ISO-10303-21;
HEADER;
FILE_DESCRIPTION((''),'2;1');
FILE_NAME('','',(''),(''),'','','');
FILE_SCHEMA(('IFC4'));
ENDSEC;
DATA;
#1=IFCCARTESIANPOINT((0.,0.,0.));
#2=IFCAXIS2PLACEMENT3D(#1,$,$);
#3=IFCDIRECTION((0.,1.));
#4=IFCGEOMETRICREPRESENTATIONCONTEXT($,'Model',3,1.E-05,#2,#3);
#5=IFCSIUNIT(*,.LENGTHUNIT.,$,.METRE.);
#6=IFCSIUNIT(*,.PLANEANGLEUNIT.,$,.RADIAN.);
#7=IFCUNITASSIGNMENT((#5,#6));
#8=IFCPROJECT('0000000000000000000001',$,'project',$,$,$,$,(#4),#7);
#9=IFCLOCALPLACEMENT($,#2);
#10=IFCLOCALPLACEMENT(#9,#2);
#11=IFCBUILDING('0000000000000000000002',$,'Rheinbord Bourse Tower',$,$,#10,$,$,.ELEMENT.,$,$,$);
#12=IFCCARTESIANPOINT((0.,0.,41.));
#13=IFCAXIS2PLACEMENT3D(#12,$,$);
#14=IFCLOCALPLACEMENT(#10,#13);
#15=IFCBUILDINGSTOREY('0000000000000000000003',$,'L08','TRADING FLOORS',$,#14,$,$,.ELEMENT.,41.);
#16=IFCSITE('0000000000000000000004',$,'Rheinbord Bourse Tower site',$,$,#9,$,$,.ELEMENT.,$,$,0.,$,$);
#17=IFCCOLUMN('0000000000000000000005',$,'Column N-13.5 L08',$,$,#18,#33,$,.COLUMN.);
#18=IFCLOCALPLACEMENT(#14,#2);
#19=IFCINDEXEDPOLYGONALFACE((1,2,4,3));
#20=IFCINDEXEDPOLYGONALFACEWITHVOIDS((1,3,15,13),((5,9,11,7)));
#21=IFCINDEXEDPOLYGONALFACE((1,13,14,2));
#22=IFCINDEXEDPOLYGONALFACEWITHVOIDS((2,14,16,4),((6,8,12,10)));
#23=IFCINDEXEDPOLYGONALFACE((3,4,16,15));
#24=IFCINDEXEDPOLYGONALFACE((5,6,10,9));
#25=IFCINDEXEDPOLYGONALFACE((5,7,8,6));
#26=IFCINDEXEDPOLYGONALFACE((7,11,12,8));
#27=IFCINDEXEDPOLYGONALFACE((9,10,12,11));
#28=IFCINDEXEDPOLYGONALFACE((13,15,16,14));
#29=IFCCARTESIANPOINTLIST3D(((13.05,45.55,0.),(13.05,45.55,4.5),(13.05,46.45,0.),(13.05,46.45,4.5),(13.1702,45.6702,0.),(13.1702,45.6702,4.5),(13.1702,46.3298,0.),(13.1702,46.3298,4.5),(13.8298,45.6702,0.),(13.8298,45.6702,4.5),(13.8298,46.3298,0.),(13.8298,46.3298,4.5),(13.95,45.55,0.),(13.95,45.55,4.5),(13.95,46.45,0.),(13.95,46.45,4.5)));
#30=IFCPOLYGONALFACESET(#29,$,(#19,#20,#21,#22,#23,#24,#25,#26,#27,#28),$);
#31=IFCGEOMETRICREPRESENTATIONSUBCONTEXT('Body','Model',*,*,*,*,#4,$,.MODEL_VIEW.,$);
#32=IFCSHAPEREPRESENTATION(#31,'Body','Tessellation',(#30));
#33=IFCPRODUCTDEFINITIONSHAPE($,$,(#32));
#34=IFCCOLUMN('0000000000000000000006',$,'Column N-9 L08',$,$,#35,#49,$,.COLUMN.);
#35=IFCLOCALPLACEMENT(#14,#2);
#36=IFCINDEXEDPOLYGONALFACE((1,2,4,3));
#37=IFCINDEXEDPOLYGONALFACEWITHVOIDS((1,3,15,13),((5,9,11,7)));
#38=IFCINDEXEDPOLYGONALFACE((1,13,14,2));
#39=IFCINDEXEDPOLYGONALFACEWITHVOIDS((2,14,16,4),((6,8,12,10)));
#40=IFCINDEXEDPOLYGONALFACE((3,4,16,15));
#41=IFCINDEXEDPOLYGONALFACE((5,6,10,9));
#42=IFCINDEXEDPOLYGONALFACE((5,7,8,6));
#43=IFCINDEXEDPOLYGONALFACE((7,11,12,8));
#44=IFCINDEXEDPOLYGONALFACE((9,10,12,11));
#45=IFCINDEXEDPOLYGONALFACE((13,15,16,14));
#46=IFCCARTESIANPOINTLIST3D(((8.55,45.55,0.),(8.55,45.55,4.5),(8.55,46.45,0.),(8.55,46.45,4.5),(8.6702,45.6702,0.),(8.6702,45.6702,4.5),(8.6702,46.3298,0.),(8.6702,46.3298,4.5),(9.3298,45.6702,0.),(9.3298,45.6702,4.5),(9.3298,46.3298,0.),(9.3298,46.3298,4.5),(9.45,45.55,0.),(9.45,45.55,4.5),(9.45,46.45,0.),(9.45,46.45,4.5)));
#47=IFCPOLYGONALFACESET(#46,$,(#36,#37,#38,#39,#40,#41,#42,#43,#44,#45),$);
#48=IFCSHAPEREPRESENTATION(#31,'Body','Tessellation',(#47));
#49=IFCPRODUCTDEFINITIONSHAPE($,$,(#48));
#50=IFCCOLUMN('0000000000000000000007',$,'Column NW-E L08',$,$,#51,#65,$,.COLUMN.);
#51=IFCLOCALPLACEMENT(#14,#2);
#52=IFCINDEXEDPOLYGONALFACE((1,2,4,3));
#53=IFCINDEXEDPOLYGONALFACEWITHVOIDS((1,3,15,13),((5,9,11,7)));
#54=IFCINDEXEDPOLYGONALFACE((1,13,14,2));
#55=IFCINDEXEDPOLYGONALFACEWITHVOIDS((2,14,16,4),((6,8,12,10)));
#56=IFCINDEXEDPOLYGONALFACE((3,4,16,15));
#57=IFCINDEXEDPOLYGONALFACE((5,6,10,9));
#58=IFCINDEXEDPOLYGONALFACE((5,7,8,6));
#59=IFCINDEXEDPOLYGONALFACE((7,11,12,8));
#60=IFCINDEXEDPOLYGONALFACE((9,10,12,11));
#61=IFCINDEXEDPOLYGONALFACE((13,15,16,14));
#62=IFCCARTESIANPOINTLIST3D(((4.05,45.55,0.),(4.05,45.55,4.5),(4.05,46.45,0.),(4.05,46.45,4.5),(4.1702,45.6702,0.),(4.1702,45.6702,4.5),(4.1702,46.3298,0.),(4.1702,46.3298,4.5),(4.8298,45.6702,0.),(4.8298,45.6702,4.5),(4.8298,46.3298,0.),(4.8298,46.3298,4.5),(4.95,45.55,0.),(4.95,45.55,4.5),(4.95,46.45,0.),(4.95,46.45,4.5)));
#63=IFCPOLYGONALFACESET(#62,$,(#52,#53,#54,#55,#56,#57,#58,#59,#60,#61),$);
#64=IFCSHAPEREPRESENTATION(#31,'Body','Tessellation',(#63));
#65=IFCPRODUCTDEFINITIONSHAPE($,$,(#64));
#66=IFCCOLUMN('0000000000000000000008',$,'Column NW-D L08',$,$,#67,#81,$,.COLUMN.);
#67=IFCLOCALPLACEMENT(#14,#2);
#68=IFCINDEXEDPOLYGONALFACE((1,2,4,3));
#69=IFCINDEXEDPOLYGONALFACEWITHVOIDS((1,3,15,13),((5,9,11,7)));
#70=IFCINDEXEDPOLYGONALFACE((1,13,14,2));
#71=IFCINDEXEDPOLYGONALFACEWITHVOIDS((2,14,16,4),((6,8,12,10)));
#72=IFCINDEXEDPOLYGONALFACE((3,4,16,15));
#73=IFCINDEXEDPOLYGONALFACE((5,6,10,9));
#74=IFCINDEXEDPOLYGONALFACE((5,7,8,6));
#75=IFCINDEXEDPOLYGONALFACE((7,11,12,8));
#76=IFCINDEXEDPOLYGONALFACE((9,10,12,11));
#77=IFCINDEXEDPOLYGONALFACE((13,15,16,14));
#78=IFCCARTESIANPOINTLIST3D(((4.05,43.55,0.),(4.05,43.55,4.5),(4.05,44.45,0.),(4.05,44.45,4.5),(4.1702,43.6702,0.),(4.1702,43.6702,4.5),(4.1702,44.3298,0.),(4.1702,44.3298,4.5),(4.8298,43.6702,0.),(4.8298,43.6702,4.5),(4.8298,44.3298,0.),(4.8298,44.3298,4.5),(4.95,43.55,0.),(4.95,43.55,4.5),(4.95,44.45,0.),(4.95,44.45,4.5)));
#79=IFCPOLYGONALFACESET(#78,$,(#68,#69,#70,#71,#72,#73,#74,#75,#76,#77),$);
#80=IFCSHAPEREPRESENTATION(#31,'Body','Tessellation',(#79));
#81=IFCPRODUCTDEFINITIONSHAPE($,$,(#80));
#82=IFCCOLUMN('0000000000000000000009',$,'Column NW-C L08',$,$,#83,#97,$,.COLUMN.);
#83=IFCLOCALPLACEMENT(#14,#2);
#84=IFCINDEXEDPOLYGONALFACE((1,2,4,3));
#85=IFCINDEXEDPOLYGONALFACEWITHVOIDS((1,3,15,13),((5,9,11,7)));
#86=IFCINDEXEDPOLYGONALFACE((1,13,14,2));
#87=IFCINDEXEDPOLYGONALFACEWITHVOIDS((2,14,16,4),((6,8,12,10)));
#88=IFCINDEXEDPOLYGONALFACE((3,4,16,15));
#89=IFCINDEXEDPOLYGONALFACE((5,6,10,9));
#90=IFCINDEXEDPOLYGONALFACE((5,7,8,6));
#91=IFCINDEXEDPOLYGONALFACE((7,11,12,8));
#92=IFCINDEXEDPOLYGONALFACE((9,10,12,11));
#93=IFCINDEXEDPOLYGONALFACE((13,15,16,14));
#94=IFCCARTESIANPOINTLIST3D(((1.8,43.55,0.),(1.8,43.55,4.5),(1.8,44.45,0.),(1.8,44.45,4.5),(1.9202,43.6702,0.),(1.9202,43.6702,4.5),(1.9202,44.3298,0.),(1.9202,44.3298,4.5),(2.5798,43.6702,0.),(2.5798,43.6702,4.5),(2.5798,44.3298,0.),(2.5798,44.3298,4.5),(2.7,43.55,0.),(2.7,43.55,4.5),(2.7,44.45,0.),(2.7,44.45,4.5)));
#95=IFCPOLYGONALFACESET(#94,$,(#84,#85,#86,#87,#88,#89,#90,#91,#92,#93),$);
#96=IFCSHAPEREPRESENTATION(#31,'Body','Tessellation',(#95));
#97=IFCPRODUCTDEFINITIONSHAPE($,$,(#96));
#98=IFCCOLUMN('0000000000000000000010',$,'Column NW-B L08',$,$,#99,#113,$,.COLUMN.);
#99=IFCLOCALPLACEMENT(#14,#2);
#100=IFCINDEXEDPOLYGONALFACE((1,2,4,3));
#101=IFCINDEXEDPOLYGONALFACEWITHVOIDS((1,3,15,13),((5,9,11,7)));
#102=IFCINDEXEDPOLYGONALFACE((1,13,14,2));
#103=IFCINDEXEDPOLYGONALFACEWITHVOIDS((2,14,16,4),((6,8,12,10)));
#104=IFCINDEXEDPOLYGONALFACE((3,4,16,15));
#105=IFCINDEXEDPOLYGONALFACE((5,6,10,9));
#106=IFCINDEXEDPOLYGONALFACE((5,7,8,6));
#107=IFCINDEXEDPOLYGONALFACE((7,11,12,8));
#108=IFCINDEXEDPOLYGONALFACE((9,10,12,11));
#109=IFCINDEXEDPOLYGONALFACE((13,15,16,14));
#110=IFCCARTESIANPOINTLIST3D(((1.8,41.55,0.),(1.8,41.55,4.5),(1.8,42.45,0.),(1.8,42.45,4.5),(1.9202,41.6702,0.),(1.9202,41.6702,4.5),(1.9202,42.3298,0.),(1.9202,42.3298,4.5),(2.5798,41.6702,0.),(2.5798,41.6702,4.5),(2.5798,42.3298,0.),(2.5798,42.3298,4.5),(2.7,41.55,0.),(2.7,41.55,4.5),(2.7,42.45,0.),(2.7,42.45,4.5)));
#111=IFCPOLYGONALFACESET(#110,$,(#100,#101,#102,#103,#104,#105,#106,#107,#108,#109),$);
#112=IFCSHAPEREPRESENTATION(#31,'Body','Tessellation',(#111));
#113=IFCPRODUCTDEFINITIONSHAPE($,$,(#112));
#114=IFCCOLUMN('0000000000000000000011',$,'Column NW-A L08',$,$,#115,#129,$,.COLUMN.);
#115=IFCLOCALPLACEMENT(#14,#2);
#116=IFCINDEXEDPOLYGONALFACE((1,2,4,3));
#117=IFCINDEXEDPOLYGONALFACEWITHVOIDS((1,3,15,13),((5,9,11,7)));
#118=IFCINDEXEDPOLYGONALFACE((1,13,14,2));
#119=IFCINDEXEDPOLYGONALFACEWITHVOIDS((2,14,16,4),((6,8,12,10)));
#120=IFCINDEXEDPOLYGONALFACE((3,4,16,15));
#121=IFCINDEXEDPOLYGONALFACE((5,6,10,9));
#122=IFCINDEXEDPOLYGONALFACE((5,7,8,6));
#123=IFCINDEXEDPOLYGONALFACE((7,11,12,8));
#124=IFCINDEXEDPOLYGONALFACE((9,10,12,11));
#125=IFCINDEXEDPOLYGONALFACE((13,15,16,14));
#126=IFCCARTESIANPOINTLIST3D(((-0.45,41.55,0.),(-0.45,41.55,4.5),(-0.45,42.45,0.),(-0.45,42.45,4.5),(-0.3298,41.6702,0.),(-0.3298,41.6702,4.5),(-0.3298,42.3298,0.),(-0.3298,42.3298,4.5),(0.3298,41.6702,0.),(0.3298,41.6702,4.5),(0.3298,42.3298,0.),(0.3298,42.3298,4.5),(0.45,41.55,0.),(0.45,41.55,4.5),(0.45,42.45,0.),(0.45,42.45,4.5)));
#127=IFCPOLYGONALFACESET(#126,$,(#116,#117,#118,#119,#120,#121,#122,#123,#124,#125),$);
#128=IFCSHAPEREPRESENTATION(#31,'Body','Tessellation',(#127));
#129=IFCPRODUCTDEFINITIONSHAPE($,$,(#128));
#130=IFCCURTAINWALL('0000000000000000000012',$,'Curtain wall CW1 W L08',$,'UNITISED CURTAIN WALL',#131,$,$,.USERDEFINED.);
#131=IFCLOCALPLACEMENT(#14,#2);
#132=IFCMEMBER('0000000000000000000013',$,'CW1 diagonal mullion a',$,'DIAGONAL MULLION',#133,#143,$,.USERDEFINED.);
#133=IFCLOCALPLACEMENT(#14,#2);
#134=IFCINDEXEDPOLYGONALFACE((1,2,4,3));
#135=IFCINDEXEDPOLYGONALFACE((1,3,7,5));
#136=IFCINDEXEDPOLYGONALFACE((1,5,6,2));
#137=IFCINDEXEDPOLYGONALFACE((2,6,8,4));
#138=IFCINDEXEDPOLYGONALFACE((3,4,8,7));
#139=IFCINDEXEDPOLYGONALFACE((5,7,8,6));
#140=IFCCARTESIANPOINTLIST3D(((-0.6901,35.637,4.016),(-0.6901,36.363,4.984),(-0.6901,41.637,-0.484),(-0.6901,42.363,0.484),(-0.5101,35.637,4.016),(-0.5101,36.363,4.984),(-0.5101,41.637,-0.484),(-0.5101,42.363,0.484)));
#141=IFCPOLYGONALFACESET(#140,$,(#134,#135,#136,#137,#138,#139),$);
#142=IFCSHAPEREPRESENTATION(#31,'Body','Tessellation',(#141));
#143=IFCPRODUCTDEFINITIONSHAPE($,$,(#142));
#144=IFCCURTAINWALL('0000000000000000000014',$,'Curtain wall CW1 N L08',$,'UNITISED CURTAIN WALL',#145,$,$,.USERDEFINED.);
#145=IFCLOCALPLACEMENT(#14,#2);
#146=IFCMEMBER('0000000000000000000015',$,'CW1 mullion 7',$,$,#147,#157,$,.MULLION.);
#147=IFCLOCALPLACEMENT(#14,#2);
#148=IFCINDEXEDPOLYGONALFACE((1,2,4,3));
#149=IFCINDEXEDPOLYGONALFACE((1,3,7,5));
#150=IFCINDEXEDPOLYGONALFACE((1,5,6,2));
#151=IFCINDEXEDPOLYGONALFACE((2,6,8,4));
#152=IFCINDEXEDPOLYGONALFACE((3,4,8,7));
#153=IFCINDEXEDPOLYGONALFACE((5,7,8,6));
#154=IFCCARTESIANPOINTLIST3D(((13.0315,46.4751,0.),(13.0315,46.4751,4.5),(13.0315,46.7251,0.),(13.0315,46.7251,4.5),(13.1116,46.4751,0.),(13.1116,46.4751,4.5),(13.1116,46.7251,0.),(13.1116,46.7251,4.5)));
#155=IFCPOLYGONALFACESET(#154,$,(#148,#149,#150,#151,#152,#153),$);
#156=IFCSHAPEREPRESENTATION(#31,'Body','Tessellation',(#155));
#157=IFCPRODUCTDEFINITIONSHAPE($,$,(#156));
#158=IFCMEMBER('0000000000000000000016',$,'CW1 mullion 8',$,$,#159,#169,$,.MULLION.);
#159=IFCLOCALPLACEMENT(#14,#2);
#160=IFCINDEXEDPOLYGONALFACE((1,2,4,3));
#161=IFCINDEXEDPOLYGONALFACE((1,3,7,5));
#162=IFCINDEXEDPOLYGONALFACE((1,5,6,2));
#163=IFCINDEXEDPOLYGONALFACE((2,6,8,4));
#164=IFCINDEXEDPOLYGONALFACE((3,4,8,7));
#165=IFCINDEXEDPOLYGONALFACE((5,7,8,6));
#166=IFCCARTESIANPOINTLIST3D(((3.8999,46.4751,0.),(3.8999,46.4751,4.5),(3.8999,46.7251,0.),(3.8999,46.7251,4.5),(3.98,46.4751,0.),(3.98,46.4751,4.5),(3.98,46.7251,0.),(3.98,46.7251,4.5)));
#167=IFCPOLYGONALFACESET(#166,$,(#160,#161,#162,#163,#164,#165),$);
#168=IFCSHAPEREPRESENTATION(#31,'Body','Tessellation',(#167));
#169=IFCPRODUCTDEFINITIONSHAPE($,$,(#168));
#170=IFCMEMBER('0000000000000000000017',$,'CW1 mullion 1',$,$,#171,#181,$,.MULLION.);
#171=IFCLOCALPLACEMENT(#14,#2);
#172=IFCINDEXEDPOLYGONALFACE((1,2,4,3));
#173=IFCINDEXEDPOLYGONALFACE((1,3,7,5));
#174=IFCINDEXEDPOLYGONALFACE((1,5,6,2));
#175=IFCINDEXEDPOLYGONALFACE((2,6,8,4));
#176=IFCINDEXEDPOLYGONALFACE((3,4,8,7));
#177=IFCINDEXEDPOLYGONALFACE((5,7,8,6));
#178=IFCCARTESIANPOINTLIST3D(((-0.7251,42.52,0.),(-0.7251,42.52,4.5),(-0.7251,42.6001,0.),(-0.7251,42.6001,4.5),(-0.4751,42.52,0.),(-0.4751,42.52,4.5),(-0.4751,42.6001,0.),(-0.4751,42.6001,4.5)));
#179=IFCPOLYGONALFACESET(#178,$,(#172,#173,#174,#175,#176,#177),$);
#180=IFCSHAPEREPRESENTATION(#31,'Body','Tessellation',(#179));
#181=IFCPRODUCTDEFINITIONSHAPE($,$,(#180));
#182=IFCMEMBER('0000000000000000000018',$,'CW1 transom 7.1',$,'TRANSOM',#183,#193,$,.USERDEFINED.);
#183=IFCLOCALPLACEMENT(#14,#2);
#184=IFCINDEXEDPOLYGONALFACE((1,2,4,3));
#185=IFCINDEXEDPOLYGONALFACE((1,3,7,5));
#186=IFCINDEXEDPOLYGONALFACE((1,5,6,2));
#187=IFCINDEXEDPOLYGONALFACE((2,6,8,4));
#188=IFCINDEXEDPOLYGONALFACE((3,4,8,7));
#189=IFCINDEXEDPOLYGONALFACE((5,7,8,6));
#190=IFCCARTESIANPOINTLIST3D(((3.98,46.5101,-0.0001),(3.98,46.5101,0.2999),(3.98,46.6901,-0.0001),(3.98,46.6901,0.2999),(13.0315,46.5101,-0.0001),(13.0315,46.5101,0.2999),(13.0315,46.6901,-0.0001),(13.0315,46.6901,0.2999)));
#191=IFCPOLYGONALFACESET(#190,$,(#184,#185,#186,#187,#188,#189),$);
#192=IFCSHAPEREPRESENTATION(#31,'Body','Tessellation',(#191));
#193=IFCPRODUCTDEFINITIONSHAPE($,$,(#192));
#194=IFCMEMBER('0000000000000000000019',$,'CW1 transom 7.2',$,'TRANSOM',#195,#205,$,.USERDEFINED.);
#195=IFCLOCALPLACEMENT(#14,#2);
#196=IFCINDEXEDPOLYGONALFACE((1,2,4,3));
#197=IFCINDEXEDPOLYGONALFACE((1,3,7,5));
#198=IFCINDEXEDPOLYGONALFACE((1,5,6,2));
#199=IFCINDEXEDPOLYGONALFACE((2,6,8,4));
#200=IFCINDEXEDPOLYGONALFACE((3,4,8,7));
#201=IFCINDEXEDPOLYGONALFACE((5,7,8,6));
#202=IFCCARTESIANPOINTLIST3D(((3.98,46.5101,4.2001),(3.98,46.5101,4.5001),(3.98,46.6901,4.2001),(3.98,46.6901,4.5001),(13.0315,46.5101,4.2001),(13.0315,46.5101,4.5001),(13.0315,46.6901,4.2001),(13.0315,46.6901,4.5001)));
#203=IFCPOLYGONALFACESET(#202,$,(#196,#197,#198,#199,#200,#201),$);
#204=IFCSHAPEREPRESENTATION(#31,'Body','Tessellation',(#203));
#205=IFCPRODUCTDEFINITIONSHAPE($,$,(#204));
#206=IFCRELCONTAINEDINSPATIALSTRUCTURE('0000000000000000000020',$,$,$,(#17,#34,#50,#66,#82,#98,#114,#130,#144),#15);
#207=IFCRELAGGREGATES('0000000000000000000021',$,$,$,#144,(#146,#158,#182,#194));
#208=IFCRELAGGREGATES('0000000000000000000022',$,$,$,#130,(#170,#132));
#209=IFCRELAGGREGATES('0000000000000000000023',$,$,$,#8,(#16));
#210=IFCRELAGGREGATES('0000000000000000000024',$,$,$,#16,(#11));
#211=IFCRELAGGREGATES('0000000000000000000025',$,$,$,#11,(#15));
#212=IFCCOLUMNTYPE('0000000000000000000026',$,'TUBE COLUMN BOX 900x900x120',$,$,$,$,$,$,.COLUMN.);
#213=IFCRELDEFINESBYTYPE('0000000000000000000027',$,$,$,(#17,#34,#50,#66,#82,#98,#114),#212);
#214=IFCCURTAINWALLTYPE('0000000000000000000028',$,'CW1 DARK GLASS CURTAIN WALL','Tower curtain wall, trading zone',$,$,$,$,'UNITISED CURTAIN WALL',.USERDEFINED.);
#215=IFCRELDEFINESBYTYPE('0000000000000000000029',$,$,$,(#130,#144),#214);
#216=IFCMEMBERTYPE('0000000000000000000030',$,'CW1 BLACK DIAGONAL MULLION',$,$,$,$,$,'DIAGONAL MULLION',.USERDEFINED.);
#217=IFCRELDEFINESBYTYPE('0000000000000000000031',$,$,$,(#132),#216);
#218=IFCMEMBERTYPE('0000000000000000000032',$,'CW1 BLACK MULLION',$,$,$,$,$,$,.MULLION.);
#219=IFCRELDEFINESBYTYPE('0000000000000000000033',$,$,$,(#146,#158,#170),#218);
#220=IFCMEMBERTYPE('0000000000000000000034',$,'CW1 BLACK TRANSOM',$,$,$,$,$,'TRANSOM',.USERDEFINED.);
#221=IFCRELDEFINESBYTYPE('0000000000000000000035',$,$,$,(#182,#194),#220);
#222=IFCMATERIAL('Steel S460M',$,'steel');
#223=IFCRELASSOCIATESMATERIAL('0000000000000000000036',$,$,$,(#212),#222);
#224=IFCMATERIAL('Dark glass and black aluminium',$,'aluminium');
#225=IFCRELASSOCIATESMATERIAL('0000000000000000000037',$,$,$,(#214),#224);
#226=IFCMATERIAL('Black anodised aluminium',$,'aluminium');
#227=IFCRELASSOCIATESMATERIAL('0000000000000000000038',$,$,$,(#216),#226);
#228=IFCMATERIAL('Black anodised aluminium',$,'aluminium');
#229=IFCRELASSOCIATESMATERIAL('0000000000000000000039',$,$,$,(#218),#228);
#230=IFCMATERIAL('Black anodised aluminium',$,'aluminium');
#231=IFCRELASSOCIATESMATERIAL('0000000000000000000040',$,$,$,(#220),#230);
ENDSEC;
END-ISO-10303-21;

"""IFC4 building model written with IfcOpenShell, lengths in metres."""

from ifc_helpers import new_model, si_unit, direction, frame, origin, origin_2d, place, context, subcontext, project, spatial, rectangle, hollow_rectangle, extrude, material, material_profile, profile_set, type_object, element, aggregate, save


model = new_model("IFC4")

# Units and contexts
model_context = context("Model", 3, precision=1e-05, world=origin(), true_north=direction((0.0, 1.0)))
body_context = subcontext(model_context, "Body", "Model", "MODEL_VIEW")
ifc_project = project(units=[si_unit("LENGTHUNIT", "METRE"), si_unit("PLANEANGLEUNIT", "RADIAN")], contexts=[model_context])

# Site, building, storey
site_placement = place(None, origin())
site = spatial("IfcSite", under=ifc_project, at=site_placement, Name="Rheinbord Bourse Tower site", CompositionType="ELEMENT", RefElevation=0.0)
building_placement = place(site_placement, origin())
building = spatial("IfcBuilding", under=site, at=building_placement, Name="Rheinbord Bourse Tower", CompositionType="ELEMENT")
storey_placement = place(building_placement, frame((0.0, 0.0, 41.0)))
storey = spatial("IfcBuildingStorey", under=building, at=storey_placement, Name="L08", Description="TRADING FLOORS", CompositionType="ELEMENT", Elevation=41.0)

# Columns
ifc_material_1 = material(Name="Steel S460M", Category="steel")
ifc_material_profile_1 = material_profile(ifc_material_1, hollow_rectangle(XDim=0.8999, YDim=0.8999, WallThickness=0.1201, at=origin_2d()), Name="BOX 900x900x120")
ifc_profile_set_1 = profile_set([ifc_material_profile_1], Name="Steel S460M")
column_type = type_object("IfcColumnType", Name="TUBE COLUMN BOX 900x900x120", PredefinedType="COLUMN", material=ifc_profile_set_1)
for number, where, z_axis, x_axis, name in (
    (1, (13.5, 46.0, 0.0), (0.0, 0.0, 1.0), (0.0, 1.0, 0.0), "Column N-13.5 L08"),
    (2, (9.0, 46.0, 0.0), (0.0, 0.0, 1.0), (0.0, 1.0, 0.0), "Column N-9 L08"),
    (3, (4.5, 46.0, 0.0), (0.0, 0.0, 1.0), (0.0, 1.0, 0.0), "Column NW-E L08"),
    (4, (4.5, 44.0, 0.0), (0.0, 0.0, 1.0), (0.0, 1.0, 0.0), "Column NW-D L08"),
    (5, (2.25, 44.0, 0.0), (0.0, 0.0, 1.0), (1.0, 0.0, 0.0), "Column NW-C L08"),
    (6, (2.25, 42.0, 0.0), (0.0, 0.0, 1.0), (1.0, 0.0, 0.0), "Column NW-B L08"),
    (7, (0.0, 42.0, 0.0), (0.0, 0.0, 1.0), (1.0, 0.0, 0.0), "Column NW-A L08"),
):
    element("IfcColumn", number, at=place(storey_placement, frame(where, z_axis=z_axis, x_axis=x_axis)), inside=storey, type_object=column_type, Name=name, PredefinedType="COLUMN", context=body_context, shape_type="SweptSolid", body=[
        extrude(hollow_rectangle(XDim=0.8999, YDim=0.8999, WallThickness=0.1201, at=origin_2d()), origin(), (0.0, 0.0, 1.0), 4.5),
    ])

# Curtain wall, member
ifc_material_2 = material(Name="Dark glass and black aluminium", Category="aluminium")
curtain_wall_type = type_object("IfcCurtainWallType", Name="CW1 DARK GLASS CURTAIN WALL", Description="Tower curtain wall, trading zone", ElementType="UNITISED CURTAIN WALL", PredefinedType="USERDEFINED", material=ifc_material_2)
curtain_wall_1_placement = place(storey_placement, origin())
curtain_wall_1 = element("IfcCurtainWall", 8, at=curtain_wall_1_placement, inside=storey, type_object=curtain_wall_type, Name="Curtain wall CW1 W L08", ObjectType="UNITISED CURTAIN WALL", PredefinedType="USERDEFINED")
ifc_material_3 = material(Name="Black anodised aluminium", Category="aluminium")
ifc_material_profile_2 = material_profile(ifc_material_3, rectangle(XDim=0.1799, YDim=1.21, at=origin_2d()), Name="CW1 DIAGONAL MULLION 1210x180")
ifc_profile_set_2 = profile_set([ifc_material_profile_2], Name="Black anodised aluminium")
member_type_1 = type_object("IfcMemberType", Name="CW1 BLACK DIAGONAL MULLION", ElementType="DIAGONAL MULLION", PredefinedType="USERDEFINED", material=ifc_profile_set_2)
member_1_placement = place(storey_placement, frame((-0.6001, 42.0, 0.0), z_axis=(0.0, -0.8, 0.6), x_axis=(1.0, 0.0, 0.0)))
member_1 = element("IfcMember", 9, at=member_1_placement, type_object=member_type_1, Name="CW1 diagonal mullion a", ObjectType="DIAGONAL MULLION", PredefinedType="USERDEFINED", context=body_context, shape_type="SweptSolid", body=[
    extrude(rectangle(XDim=0.1799, YDim=1.21, at=origin_2d()), origin(), (0.0, 0.0, 1.0), 7.5),
])

# Curtain wall, members
curtain_wall_2_placement = place(storey_placement, origin())
curtain_wall_2 = element("IfcCurtainWall", 10, at=curtain_wall_2_placement, inside=storey, type_object=curtain_wall_type, Name="Curtain wall CW1 N L08", ObjectType="UNITISED CURTAIN WALL", PredefinedType="USERDEFINED")
ifc_material_4 = material(Name="Black anodised aluminium", Category="aluminium")
ifc_material_profile_3 = material_profile(ifc_material_4, rectangle(XDim=0.25, YDim=0.0801, at=origin_2d()), Name="CW1 MULLION 80x250")
ifc_profile_set_3 = profile_set([ifc_material_profile_3], Name="Black anodised aluminium")
member_type_2 = type_object("IfcMemberType", Name="CW1 BLACK MULLION", PredefinedType="MULLION", material=ifc_profile_set_3)
member_2_placement = place(storey_placement, frame((13.0715, 46.6001, 0.0), z_axis=(0.0, 0.0, 1.0), x_axis=(0.0, -1.0, 0.0)))
member_2 = element("IfcMember", 11, at=member_2_placement, type_object=member_type_2, Name="CW1 mullion 7", PredefinedType="MULLION", context=body_context, shape_type="SweptSolid", body=[
    extrude(rectangle(XDim=0.25, YDim=0.0801, at=origin_2d()), origin(), (0.0, 0.0, 1.0), 4.5),
])
member_3_placement = place(storey_placement, frame((3.9399, 46.6001, 0.0), z_axis=(0.0, 0.0, 1.0), x_axis=(0.0, -1.0, 0.0)))
member_3 = element("IfcMember", 12, at=member_3_placement, type_object=member_type_2, Name="CW1 mullion 8", PredefinedType="MULLION", context=body_context, shape_type="SweptSolid", body=[
    extrude(rectangle(XDim=0.25, YDim=0.0801, at=origin_2d()), origin(), (0.0, 0.0, 1.0), 4.5),
])

# Members
member_4_placement = place(storey_placement, frame((-0.6001, 42.5601, 0.0), z_axis=(0.0, 0.0, 1.0), x_axis=(1.0, 0.0, 0.0)))
member_4 = element("IfcMember", 13, at=member_4_placement, type_object=member_type_2, Name="CW1 mullion 1", PredefinedType="MULLION", context=body_context, shape_type="SweptSolid", body=[
    extrude(rectangle(XDim=0.25, YDim=0.0801, at=origin_2d()), origin(), (0.0, 0.0, 1.0), 4.5),
])
ifc_material_5 = material(Name="Black anodised aluminium", Category="aluminium")
ifc_material_profile_4 = material_profile(ifc_material_5, rectangle(XDim=0.1799, YDim=0.3, at=origin_2d()), Name="CW1 TRANSOM 300x180")
ifc_profile_set_4 = profile_set([ifc_material_profile_4], Name="Black anodised aluminium")
member_type_3 = type_object("IfcMemberType", Name="CW1 BLACK TRANSOM", ElementType="TRANSOM", PredefinedType="USERDEFINED", material=ifc_profile_set_4)
member_5_placement = place(storey_placement, frame((13.0315, 46.6001, 0.1499), z_axis=(-1.0, 0.0, 0.0), x_axis=(0.0, -1.0, 0.0)))
member_5 = element("IfcMember", 14, at=member_5_placement, type_object=member_type_3, Name="CW1 transom 7.1", ObjectType="TRANSOM", PredefinedType="USERDEFINED", context=body_context, shape_type="SweptSolid", body=[
    extrude(rectangle(XDim=0.1799, YDim=0.3, at=origin_2d()), origin(), (0.0, 0.0, 1.0), 9.0515),
])
member_6_placement = place(storey_placement, frame((13.0315, 46.6001, 4.3501), z_axis=(-1.0, 0.0, 0.0), x_axis=(0.0, -1.0, 0.0)))
member_6 = element("IfcMember", 15, at=member_6_placement, type_object=member_type_3, Name="CW1 transom 7.2", ObjectType="TRANSOM", PredefinedType="USERDEFINED", context=body_context, shape_type="SweptSolid", body=[
    extrude(rectangle(XDim=0.1799, YDim=0.3, at=origin_2d()), origin(), (0.0, 0.0, 1.0), 9.0515),
])

aggregate(curtain_wall_2, [member_2, member_3, member_5, member_6])
aggregate(curtain_wall_1, [member_4, member_1])

save(model, "model.ifc")
